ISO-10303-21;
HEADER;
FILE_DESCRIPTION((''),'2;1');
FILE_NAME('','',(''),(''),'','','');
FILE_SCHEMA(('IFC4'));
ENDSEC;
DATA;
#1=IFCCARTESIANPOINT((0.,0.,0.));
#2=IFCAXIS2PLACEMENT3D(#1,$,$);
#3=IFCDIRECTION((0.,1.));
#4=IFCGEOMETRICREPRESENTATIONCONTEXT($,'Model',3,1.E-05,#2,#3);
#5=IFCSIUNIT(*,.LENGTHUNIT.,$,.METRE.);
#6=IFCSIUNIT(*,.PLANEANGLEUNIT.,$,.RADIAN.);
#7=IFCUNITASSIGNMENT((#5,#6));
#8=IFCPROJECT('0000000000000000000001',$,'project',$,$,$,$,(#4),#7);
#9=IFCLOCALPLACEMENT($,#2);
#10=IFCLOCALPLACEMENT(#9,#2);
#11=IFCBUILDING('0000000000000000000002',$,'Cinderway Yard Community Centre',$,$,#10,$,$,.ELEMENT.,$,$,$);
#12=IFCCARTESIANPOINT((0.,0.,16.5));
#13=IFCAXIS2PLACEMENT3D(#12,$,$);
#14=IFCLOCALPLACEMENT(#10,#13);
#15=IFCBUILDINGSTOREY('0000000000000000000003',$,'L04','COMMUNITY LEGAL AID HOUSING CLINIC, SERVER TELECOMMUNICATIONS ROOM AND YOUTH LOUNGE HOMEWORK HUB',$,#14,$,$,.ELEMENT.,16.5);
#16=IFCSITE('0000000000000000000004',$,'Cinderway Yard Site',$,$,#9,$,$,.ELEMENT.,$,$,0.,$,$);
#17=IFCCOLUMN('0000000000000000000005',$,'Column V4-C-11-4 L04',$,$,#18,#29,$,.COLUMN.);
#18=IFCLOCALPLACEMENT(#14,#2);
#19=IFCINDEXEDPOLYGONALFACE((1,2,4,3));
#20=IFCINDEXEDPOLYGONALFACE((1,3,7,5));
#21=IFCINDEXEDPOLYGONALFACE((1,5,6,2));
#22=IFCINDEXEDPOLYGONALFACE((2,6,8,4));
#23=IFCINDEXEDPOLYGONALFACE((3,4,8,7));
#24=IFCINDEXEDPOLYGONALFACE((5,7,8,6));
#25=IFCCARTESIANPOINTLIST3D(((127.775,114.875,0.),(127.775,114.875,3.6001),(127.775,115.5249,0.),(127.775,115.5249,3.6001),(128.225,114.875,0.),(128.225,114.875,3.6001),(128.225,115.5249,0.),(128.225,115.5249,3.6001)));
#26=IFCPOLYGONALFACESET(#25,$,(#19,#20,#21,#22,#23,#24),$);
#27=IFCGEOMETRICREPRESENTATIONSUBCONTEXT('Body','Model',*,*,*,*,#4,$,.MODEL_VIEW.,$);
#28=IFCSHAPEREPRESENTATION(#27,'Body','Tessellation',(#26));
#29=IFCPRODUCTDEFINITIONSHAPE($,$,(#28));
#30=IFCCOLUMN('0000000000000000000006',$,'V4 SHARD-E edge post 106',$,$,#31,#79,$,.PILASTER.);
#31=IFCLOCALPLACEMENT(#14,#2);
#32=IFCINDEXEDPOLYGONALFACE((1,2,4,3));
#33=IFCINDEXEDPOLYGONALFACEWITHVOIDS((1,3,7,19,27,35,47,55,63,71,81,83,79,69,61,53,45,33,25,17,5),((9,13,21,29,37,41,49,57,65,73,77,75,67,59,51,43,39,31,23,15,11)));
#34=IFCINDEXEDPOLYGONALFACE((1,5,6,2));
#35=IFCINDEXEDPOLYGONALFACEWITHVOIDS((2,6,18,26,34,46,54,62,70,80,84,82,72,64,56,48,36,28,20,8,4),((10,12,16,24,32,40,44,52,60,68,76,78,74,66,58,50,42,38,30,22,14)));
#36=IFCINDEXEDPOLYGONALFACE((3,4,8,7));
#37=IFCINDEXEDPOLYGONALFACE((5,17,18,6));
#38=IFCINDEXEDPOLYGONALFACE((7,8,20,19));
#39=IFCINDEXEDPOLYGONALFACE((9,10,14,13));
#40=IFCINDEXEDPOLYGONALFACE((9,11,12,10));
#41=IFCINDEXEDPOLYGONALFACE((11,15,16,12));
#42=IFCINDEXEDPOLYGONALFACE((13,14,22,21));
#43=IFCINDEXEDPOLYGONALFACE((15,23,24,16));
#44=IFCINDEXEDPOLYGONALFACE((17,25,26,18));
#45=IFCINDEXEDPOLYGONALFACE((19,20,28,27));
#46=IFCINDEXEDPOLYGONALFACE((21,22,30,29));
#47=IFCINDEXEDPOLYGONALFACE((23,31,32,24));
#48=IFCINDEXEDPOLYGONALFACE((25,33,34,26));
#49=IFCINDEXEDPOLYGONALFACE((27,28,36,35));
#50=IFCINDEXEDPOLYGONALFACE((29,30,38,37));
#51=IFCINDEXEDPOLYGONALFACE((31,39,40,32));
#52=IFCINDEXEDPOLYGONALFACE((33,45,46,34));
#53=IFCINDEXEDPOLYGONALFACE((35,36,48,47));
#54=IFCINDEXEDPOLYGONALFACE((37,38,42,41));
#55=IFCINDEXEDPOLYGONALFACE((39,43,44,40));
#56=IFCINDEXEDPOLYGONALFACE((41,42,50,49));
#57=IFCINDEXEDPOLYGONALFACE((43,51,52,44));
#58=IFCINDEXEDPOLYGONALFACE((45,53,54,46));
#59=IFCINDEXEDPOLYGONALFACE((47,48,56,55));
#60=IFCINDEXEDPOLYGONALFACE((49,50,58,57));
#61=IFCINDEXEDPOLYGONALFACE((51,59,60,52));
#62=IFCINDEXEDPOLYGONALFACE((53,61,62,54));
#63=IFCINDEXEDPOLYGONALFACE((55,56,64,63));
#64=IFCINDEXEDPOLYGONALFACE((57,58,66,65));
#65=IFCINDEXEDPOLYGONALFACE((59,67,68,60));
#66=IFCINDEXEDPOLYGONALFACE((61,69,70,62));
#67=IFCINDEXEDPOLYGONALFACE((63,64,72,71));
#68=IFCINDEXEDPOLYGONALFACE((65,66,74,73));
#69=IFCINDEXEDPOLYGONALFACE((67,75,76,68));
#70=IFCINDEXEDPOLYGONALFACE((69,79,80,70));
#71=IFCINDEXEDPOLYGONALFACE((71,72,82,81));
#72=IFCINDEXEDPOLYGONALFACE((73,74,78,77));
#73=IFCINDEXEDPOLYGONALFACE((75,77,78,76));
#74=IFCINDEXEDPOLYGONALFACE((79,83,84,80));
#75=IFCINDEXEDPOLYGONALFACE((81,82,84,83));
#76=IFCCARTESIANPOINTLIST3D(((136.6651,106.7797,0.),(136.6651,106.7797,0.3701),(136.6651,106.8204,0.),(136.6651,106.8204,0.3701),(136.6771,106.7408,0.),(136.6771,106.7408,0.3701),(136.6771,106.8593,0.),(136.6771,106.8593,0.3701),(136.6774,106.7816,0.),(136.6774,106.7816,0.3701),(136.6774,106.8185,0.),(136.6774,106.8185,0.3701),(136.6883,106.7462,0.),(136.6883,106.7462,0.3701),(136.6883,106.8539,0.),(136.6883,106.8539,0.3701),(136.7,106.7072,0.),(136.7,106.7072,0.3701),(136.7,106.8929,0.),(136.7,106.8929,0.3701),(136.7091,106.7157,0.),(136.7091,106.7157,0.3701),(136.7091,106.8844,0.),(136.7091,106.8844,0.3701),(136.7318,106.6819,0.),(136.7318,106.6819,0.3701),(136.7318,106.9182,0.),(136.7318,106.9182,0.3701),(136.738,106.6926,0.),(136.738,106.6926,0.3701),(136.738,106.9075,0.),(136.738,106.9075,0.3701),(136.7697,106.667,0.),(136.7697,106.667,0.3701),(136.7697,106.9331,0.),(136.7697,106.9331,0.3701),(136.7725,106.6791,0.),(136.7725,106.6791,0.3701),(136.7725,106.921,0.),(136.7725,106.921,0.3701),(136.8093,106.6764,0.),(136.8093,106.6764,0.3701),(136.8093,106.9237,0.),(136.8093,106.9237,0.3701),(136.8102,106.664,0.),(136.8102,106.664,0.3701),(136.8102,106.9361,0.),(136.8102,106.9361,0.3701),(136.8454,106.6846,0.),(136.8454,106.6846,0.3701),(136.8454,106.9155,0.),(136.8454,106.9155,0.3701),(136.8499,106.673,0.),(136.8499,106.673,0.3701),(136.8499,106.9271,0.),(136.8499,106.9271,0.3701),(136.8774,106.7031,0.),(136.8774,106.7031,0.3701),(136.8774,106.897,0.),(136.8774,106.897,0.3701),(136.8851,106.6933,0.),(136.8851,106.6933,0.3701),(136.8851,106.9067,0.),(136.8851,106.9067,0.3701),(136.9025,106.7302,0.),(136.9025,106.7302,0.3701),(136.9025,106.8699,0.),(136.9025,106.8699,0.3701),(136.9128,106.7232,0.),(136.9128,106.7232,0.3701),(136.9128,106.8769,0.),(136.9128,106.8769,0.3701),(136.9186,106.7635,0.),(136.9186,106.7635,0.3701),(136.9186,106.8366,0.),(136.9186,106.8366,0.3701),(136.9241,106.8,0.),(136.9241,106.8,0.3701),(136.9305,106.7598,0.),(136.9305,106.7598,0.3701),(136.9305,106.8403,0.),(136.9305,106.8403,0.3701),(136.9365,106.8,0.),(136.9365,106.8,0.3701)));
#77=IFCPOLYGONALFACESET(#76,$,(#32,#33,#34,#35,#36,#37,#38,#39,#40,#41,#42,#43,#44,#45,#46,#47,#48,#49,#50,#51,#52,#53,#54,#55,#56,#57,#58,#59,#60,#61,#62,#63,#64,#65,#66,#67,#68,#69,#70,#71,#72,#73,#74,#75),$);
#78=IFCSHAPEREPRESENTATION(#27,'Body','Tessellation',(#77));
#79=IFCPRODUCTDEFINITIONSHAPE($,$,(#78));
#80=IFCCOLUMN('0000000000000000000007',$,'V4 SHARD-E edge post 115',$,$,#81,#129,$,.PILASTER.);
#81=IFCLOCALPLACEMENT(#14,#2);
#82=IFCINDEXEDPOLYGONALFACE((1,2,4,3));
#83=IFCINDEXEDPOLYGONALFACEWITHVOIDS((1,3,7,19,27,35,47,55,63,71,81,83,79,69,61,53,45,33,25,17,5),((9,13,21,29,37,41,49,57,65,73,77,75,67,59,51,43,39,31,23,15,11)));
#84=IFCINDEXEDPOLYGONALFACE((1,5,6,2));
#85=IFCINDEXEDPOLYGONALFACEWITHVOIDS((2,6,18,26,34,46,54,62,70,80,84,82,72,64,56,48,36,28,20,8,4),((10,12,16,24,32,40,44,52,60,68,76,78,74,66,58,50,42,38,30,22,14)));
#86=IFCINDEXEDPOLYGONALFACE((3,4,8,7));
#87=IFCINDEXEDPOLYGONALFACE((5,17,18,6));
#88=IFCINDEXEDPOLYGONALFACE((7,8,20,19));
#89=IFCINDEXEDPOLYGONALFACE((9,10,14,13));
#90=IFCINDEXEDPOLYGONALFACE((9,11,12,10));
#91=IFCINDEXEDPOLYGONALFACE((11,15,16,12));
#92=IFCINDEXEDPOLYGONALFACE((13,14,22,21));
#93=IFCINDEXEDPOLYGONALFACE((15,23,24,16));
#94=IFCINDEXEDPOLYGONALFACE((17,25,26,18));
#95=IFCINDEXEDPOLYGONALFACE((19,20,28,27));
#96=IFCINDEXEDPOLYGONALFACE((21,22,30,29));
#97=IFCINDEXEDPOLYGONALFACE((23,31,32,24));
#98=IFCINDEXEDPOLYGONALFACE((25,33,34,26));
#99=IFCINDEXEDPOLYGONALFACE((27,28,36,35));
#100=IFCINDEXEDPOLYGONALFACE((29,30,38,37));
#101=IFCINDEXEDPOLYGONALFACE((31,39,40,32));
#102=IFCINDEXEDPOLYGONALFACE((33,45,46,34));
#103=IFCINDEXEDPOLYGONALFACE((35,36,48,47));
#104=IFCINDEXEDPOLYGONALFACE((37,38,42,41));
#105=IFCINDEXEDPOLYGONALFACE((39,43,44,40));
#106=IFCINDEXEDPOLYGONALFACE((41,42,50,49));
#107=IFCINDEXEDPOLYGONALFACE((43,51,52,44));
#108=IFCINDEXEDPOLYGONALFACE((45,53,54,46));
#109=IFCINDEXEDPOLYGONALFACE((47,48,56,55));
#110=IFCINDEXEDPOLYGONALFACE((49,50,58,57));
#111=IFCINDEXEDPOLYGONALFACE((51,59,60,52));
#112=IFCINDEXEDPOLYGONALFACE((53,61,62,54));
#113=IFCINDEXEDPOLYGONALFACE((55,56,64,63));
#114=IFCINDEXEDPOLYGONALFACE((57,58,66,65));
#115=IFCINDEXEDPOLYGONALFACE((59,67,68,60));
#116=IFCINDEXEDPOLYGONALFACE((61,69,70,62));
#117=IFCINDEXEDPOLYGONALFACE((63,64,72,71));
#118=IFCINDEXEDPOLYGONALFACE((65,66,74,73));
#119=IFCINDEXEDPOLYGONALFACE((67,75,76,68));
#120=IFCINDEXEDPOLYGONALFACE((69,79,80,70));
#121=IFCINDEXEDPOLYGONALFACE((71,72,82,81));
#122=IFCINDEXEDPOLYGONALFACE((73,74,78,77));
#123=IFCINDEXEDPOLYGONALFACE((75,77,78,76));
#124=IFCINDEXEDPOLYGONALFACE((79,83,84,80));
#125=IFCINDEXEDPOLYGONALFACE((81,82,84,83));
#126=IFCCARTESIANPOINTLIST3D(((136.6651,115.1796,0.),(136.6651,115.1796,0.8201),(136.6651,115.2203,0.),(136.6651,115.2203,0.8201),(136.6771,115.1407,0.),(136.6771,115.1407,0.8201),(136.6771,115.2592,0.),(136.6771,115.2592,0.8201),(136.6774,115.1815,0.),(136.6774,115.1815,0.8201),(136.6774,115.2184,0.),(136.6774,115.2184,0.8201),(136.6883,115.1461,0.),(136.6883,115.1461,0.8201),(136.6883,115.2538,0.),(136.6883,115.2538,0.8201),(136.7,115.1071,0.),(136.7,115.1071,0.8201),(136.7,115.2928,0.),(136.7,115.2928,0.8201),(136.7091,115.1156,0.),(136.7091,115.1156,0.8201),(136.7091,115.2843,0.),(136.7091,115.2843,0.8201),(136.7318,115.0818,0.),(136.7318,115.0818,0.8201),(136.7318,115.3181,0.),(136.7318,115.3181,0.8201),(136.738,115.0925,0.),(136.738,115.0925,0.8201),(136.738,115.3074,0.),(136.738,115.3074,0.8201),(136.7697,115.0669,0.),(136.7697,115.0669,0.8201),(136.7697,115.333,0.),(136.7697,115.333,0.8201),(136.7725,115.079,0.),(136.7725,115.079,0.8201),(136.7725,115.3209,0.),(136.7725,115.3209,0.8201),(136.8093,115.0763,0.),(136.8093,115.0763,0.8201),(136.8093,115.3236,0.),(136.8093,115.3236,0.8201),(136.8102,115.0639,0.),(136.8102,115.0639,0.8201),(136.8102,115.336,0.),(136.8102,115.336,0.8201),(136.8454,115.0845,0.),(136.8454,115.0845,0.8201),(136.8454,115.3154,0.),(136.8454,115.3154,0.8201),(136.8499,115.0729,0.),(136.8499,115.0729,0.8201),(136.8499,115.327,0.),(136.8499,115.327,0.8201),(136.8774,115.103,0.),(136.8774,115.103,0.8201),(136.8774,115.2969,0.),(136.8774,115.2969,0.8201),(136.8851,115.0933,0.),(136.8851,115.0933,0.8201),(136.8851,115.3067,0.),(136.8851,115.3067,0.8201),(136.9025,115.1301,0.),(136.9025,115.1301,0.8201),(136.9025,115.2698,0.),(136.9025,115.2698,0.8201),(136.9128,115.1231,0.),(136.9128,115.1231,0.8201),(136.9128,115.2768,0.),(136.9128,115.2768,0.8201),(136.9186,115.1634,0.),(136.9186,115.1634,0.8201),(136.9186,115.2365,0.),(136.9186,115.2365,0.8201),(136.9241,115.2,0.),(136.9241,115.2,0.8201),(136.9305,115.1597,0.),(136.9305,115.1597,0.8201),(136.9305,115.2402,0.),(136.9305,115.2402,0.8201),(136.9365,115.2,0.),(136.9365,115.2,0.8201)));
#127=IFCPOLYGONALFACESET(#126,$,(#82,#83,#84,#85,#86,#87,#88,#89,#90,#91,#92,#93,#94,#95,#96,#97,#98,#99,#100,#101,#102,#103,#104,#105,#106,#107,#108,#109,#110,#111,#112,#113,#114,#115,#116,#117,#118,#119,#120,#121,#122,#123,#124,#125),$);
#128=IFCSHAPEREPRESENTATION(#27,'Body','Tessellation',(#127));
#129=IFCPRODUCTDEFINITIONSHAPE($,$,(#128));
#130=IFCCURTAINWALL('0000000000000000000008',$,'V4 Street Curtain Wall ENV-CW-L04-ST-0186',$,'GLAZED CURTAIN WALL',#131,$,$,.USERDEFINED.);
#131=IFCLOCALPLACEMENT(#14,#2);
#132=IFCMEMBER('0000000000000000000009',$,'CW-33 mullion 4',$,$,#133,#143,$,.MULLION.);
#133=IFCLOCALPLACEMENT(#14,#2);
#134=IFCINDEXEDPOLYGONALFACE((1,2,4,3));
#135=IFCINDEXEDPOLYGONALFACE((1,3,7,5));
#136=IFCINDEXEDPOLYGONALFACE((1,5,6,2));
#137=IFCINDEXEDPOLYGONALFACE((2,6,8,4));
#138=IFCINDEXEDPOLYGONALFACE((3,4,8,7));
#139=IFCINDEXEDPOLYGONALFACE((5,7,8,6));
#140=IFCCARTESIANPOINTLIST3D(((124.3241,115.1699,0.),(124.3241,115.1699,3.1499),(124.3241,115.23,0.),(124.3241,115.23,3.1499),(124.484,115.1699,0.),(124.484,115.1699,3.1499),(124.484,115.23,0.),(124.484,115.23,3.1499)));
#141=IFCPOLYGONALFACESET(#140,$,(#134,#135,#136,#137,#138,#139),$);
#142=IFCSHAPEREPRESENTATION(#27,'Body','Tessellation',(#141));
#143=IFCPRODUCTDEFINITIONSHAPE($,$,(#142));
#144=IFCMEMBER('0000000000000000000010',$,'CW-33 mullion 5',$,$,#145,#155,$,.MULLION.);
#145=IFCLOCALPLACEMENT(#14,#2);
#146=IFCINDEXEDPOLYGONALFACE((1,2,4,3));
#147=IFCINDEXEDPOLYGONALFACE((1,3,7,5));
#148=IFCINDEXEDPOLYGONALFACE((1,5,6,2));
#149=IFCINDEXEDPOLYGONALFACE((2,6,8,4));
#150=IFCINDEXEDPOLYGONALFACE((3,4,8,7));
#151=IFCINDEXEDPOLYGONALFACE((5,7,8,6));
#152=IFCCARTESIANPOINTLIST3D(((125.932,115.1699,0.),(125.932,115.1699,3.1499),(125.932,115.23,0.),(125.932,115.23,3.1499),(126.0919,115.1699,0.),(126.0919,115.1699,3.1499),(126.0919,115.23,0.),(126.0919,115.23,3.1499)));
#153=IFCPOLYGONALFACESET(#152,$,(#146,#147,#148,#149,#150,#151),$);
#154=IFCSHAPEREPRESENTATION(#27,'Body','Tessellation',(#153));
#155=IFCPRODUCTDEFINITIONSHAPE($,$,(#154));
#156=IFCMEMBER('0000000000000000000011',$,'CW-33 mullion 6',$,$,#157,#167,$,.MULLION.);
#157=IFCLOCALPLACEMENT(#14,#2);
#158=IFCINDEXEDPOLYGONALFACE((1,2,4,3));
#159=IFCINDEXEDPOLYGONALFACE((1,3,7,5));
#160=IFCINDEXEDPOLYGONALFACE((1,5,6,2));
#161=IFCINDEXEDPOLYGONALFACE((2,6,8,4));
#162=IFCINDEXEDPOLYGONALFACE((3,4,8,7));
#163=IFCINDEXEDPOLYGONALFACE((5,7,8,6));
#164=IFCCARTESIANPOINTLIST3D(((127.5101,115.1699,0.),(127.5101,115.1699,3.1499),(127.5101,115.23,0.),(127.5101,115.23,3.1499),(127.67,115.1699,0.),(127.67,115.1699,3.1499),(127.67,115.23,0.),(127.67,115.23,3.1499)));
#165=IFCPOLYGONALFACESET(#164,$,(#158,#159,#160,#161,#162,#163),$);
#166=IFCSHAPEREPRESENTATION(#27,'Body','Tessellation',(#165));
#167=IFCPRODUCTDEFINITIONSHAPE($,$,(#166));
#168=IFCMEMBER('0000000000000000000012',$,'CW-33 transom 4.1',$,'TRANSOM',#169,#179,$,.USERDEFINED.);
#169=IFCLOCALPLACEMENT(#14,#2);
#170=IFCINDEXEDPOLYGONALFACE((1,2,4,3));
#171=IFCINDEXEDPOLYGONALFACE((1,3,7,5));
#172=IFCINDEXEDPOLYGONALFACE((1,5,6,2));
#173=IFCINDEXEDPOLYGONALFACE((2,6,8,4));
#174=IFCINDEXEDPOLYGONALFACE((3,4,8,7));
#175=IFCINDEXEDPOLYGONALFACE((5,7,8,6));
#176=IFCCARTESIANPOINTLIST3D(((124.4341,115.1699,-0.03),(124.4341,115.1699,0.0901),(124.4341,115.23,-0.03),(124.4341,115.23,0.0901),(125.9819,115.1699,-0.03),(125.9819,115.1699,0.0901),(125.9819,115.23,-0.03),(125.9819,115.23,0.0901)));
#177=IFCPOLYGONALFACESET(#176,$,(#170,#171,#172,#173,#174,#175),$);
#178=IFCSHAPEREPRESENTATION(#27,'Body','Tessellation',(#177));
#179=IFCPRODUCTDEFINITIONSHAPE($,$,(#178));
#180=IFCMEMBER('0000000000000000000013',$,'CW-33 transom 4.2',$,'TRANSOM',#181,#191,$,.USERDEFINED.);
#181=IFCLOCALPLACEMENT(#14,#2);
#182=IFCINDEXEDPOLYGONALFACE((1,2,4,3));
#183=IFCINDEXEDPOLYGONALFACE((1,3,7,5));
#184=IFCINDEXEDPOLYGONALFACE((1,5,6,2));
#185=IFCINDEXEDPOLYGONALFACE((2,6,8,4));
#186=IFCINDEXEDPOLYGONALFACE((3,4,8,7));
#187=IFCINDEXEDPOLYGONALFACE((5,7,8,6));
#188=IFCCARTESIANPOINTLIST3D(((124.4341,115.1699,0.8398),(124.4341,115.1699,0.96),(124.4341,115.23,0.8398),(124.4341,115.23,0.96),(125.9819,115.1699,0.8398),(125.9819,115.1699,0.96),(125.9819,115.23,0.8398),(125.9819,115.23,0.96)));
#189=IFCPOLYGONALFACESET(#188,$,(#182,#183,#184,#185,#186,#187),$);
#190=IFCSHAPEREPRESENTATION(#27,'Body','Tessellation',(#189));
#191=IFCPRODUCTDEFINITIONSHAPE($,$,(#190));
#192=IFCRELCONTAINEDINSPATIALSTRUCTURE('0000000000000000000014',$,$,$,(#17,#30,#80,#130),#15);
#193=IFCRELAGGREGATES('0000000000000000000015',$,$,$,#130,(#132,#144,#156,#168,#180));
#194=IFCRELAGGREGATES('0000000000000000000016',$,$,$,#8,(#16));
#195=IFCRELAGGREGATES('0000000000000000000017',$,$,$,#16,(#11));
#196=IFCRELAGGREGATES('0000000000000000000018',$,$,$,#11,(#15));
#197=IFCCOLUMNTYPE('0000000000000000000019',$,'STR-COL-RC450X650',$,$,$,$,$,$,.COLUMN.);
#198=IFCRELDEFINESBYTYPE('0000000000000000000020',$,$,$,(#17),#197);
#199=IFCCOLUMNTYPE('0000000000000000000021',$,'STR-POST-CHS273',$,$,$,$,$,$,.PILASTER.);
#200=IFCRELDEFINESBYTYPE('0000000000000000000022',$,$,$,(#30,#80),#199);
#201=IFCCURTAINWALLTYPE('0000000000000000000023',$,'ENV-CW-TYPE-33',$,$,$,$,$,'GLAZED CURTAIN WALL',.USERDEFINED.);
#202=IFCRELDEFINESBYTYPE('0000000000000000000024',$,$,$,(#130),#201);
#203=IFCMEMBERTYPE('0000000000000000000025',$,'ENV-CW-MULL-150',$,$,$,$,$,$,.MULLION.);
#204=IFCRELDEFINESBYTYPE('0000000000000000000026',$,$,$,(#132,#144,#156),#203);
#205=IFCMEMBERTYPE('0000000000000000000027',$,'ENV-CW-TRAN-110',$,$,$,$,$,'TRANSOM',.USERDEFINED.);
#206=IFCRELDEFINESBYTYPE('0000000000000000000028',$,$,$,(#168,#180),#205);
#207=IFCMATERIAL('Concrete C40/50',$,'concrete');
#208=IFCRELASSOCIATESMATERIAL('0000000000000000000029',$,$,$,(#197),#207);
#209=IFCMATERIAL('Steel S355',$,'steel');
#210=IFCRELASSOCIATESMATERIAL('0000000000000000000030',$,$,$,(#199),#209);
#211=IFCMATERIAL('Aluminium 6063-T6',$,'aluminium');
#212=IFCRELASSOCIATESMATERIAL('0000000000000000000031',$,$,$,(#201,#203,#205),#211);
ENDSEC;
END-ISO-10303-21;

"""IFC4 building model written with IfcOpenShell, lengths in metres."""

from ifc_helpers import new_model, si_unit, direction, frame, origin, origin_2d, place, context, subcontext, project, spatial, rectangle, hollow_circle, extrude, material, material_profile, profile_set, type_object, element, aggregate, save


model = new_model("IFC4")

# Units and contexts
model_context = context("Model", 3, precision=1e-05, world=origin(), true_north=direction((0.0, 1.0)))
body_context = subcontext(model_context, "Body", "Model", "MODEL_VIEW")
ifc_project = project(units=[si_unit("LENGTHUNIT", "METRE"), si_unit("PLANEANGLEUNIT", "RADIAN")], contexts=[model_context])

# Site, building, storey
site_placement = place(None, origin())
site = spatial("IfcSite", under=ifc_project, at=site_placement, Name="Cinderway Yard Site", CompositionType="ELEMENT", RefElevation=0.0)
building_placement = place(site_placement, origin())
building = spatial("IfcBuilding", under=site, at=building_placement, Name="Cinderway Yard Community Centre", CompositionType="ELEMENT")
storey_placement = place(building_placement, frame((0.0, 0.0, 16.5)))
storey = spatial("IfcBuildingStorey", under=building, at=storey_placement, Name="L04", Description="COMMUNITY LEGAL AID HOUSING CLINIC, SERVER TELECOMMUNICATIONS ROOM AND YOUTH LOUNGE HOMEWORK HUB", CompositionType="ELEMENT", Elevation=16.5)

# Columns
ifc_material_1 = material(Name="Concrete C40/50", Category="concrete")
ifc_material_profile_1 = material_profile(ifc_material_1, rectangle(XDim=0.45, YDim=0.6499, at=origin_2d()), Name="Concrete C40/50")
ifc_profile_set_1 = profile_set([ifc_material_profile_1], Name="Concrete C40/50")
column_type_1 = type_object("IfcColumnType", Name="STR-COL-RC450X650", PredefinedType="COLUMN", material=ifc_profile_set_1)
column_1_placement = place(storey_placement, frame((128.0, 115.2, 0.0), z_axis=(0.0, 0.0, 1.0), x_axis=(1.0, 0.0, 0.0)))
element("IfcColumn", 1, at=column_1_placement, inside=storey, type_object=column_type_1, Name="Column V4-C-11-4 L04", PredefinedType="COLUMN", context=body_context, shape_type="SweptSolid", body=[
    extrude(rectangle(XDim=0.45, YDim=0.6499, at=origin_2d()), origin(), (0.0, 0.0, 1.0), 3.6001),
])
ifc_material_2 = material(Name="Steel S355", Category="steel")
ifc_material_profile_2 = material_profile(ifc_material_2, hollow_circle(Radius=0.1365, WallThickness=0.0125, at=origin_2d()), Name="Steel S355")
ifc_profile_set_2 = profile_set([ifc_material_profile_2], Name="Steel S355")
column_type_2 = type_object("IfcColumnType", Name="STR-POST-CHS273", PredefinedType="PILASTER", material=ifc_profile_set_2)
column_2_placement = place(storey_placement, frame((136.8, 106.8, 0.0), z_axis=(0.0, 0.0, 1.0), x_axis=(1.0, 0.0, 0.0)))
element("IfcColumn", 2, at=column_2_placement, inside=storey, type_object=column_type_2, Name="V4 SHARD-E edge post 106", PredefinedType="PILASTER", context=body_context, shape_type="SweptSolid", body=[
    extrude(hollow_circle(Radius=0.1365, WallThickness=0.0125, at=origin_2d()), origin(), (0.0, 0.0, 1.0), 0.3701),
])
column_3_placement = place(storey_placement, frame((136.8, 115.2, 0.0), z_axis=(0.0, 0.0, 1.0), x_axis=(1.0, 0.0, 0.0)))
element("IfcColumn", 3, at=column_3_placement, inside=storey, type_object=column_type_2, Name="V4 SHARD-E edge post 115", PredefinedType="PILASTER", context=body_context, shape_type="SweptSolid", body=[
    extrude(hollow_circle(Radius=0.1365, WallThickness=0.0125, at=origin_2d()), origin(), (0.0, 0.0, 1.0), 0.8201),
])

# Curtain wall, members
ifc_material_3 = material(Name="Aluminium 6063-T6", Category="aluminium")
curtain_wall_type = type_object("IfcCurtainWallType", Name="ENV-CW-TYPE-33", ElementType="GLAZED CURTAIN WALL", PredefinedType="USERDEFINED", material=ifc_material_3)
curtain_wall_placement = place(storey_placement, origin())
curtain_wall = element("IfcCurtainWall", 4, at=curtain_wall_placement, inside=storey, type_object=curtain_wall_type, Name="V4 Street Curtain Wall ENV-CW-L04-ST-0186", ObjectType="GLAZED CURTAIN WALL", PredefinedType="USERDEFINED")
ifc_material_profile_3 = material_profile(ifc_material_3, rectangle(XDim=0.0601, YDim=0.1599, at=origin_2d()), Name="Aluminium 6063-T6")
ifc_profile_set_3 = profile_set([ifc_material_profile_3], Name="Aluminium 6063-T6")
member_type_1 = type_object("IfcMemberType", Name="ENV-CW-MULL-150", PredefinedType="MULLION", material=ifc_profile_set_3)
member_1_placement = place(storey_placement, frame((124.4041, 115.2, 0.0), z_axis=(0.0, 0.0, 1.0), x_axis=(0.0, 1.0, 0.0)))
member_1 = element("IfcMember", 5, at=member_1_placement, type_object=member_type_1, Name="CW-33 mullion 4", PredefinedType="MULLION", context=body_context, shape_type="SweptSolid", body=[
    extrude(rectangle(XDim=0.0601, YDim=0.1599, at=origin_2d()), origin(), (0.0, 0.0, 1.0), 3.1499),
])
member_2_placement = place(storey_placement, frame((126.012, 115.2, 0.0), z_axis=(0.0, 0.0, 1.0), x_axis=(0.0, 1.0, 0.0)))
member_2 = element("IfcMember", 6, at=member_2_placement, type_object=member_type_1, Name="CW-33 mullion 5", PredefinedType="MULLION", context=body_context, shape_type="SweptSolid", body=[
    extrude(rectangle(XDim=0.0601, YDim=0.1599, at=origin_2d()), origin(), (0.0, 0.0, 1.0), 3.1499),
])
member_3_placement = place(storey_placement, frame((127.5901, 115.2, 0.0), z_axis=(0.0, 0.0, 1.0), x_axis=(0.0, 1.0, 0.0)))
member_3 = element("IfcMember", 7, at=member_3_placement, type_object=member_type_1, Name="CW-33 mullion 6", PredefinedType="MULLION", context=body_context, shape_type="SweptSolid", body=[
    extrude(rectangle(XDim=0.0601, YDim=0.1599, at=origin_2d()), origin(), (0.0, 0.0, 1.0), 3.1499),
])
ifc_material_profile_4 = material_profile(ifc_material_3, rectangle(XDim=0.0601, YDim=0.1201, at=origin_2d()), Name="Aluminium 6063-T6")
ifc_profile_set_4 = profile_set([ifc_material_profile_4], Name="Aluminium 6063-T6")
member_type_2 = type_object("IfcMemberType", Name="ENV-CW-TRAN-110", ElementType="TRANSOM", PredefinedType="USERDEFINED", material=ifc_profile_set_4)
member_4_placement = place(storey_placement, frame((124.4341, 115.2, 0.03), z_axis=(1.0, 0.0, 0.0), x_axis=(0.0, 1.0, 0.0)))
member_4 = element("IfcMember", 8, at=member_4_placement, type_object=member_type_2, Name="CW-33 transom 4.1", ObjectType="TRANSOM", PredefinedType="USERDEFINED", context=body_context, shape_type="SweptSolid", body=[
    extrude(rectangle(XDim=0.0601, YDim=0.1201, at=origin_2d()), origin(), (0.0, 0.0, 1.0), 1.5479),
])
member_5_placement = place(storey_placement, frame((124.4341, 115.2, 0.8999), z_axis=(1.0, 0.0, 0.0), x_axis=(0.0, 1.0, 0.0)))
member_5 = element("IfcMember", 9, at=member_5_placement, type_object=member_type_2, Name="CW-33 transom 4.2", ObjectType="TRANSOM", PredefinedType="USERDEFINED", context=body_context, shape_type="SweptSolid", body=[
    extrude(rectangle(XDim=0.0601, YDim=0.1201, at=origin_2d()), origin(), (0.0, 0.0, 1.0), 1.5479),
])

aggregate(curtain_wall, [member_1, member_2, member_3, member_4, member_5])

save(model, "model.ifc")
